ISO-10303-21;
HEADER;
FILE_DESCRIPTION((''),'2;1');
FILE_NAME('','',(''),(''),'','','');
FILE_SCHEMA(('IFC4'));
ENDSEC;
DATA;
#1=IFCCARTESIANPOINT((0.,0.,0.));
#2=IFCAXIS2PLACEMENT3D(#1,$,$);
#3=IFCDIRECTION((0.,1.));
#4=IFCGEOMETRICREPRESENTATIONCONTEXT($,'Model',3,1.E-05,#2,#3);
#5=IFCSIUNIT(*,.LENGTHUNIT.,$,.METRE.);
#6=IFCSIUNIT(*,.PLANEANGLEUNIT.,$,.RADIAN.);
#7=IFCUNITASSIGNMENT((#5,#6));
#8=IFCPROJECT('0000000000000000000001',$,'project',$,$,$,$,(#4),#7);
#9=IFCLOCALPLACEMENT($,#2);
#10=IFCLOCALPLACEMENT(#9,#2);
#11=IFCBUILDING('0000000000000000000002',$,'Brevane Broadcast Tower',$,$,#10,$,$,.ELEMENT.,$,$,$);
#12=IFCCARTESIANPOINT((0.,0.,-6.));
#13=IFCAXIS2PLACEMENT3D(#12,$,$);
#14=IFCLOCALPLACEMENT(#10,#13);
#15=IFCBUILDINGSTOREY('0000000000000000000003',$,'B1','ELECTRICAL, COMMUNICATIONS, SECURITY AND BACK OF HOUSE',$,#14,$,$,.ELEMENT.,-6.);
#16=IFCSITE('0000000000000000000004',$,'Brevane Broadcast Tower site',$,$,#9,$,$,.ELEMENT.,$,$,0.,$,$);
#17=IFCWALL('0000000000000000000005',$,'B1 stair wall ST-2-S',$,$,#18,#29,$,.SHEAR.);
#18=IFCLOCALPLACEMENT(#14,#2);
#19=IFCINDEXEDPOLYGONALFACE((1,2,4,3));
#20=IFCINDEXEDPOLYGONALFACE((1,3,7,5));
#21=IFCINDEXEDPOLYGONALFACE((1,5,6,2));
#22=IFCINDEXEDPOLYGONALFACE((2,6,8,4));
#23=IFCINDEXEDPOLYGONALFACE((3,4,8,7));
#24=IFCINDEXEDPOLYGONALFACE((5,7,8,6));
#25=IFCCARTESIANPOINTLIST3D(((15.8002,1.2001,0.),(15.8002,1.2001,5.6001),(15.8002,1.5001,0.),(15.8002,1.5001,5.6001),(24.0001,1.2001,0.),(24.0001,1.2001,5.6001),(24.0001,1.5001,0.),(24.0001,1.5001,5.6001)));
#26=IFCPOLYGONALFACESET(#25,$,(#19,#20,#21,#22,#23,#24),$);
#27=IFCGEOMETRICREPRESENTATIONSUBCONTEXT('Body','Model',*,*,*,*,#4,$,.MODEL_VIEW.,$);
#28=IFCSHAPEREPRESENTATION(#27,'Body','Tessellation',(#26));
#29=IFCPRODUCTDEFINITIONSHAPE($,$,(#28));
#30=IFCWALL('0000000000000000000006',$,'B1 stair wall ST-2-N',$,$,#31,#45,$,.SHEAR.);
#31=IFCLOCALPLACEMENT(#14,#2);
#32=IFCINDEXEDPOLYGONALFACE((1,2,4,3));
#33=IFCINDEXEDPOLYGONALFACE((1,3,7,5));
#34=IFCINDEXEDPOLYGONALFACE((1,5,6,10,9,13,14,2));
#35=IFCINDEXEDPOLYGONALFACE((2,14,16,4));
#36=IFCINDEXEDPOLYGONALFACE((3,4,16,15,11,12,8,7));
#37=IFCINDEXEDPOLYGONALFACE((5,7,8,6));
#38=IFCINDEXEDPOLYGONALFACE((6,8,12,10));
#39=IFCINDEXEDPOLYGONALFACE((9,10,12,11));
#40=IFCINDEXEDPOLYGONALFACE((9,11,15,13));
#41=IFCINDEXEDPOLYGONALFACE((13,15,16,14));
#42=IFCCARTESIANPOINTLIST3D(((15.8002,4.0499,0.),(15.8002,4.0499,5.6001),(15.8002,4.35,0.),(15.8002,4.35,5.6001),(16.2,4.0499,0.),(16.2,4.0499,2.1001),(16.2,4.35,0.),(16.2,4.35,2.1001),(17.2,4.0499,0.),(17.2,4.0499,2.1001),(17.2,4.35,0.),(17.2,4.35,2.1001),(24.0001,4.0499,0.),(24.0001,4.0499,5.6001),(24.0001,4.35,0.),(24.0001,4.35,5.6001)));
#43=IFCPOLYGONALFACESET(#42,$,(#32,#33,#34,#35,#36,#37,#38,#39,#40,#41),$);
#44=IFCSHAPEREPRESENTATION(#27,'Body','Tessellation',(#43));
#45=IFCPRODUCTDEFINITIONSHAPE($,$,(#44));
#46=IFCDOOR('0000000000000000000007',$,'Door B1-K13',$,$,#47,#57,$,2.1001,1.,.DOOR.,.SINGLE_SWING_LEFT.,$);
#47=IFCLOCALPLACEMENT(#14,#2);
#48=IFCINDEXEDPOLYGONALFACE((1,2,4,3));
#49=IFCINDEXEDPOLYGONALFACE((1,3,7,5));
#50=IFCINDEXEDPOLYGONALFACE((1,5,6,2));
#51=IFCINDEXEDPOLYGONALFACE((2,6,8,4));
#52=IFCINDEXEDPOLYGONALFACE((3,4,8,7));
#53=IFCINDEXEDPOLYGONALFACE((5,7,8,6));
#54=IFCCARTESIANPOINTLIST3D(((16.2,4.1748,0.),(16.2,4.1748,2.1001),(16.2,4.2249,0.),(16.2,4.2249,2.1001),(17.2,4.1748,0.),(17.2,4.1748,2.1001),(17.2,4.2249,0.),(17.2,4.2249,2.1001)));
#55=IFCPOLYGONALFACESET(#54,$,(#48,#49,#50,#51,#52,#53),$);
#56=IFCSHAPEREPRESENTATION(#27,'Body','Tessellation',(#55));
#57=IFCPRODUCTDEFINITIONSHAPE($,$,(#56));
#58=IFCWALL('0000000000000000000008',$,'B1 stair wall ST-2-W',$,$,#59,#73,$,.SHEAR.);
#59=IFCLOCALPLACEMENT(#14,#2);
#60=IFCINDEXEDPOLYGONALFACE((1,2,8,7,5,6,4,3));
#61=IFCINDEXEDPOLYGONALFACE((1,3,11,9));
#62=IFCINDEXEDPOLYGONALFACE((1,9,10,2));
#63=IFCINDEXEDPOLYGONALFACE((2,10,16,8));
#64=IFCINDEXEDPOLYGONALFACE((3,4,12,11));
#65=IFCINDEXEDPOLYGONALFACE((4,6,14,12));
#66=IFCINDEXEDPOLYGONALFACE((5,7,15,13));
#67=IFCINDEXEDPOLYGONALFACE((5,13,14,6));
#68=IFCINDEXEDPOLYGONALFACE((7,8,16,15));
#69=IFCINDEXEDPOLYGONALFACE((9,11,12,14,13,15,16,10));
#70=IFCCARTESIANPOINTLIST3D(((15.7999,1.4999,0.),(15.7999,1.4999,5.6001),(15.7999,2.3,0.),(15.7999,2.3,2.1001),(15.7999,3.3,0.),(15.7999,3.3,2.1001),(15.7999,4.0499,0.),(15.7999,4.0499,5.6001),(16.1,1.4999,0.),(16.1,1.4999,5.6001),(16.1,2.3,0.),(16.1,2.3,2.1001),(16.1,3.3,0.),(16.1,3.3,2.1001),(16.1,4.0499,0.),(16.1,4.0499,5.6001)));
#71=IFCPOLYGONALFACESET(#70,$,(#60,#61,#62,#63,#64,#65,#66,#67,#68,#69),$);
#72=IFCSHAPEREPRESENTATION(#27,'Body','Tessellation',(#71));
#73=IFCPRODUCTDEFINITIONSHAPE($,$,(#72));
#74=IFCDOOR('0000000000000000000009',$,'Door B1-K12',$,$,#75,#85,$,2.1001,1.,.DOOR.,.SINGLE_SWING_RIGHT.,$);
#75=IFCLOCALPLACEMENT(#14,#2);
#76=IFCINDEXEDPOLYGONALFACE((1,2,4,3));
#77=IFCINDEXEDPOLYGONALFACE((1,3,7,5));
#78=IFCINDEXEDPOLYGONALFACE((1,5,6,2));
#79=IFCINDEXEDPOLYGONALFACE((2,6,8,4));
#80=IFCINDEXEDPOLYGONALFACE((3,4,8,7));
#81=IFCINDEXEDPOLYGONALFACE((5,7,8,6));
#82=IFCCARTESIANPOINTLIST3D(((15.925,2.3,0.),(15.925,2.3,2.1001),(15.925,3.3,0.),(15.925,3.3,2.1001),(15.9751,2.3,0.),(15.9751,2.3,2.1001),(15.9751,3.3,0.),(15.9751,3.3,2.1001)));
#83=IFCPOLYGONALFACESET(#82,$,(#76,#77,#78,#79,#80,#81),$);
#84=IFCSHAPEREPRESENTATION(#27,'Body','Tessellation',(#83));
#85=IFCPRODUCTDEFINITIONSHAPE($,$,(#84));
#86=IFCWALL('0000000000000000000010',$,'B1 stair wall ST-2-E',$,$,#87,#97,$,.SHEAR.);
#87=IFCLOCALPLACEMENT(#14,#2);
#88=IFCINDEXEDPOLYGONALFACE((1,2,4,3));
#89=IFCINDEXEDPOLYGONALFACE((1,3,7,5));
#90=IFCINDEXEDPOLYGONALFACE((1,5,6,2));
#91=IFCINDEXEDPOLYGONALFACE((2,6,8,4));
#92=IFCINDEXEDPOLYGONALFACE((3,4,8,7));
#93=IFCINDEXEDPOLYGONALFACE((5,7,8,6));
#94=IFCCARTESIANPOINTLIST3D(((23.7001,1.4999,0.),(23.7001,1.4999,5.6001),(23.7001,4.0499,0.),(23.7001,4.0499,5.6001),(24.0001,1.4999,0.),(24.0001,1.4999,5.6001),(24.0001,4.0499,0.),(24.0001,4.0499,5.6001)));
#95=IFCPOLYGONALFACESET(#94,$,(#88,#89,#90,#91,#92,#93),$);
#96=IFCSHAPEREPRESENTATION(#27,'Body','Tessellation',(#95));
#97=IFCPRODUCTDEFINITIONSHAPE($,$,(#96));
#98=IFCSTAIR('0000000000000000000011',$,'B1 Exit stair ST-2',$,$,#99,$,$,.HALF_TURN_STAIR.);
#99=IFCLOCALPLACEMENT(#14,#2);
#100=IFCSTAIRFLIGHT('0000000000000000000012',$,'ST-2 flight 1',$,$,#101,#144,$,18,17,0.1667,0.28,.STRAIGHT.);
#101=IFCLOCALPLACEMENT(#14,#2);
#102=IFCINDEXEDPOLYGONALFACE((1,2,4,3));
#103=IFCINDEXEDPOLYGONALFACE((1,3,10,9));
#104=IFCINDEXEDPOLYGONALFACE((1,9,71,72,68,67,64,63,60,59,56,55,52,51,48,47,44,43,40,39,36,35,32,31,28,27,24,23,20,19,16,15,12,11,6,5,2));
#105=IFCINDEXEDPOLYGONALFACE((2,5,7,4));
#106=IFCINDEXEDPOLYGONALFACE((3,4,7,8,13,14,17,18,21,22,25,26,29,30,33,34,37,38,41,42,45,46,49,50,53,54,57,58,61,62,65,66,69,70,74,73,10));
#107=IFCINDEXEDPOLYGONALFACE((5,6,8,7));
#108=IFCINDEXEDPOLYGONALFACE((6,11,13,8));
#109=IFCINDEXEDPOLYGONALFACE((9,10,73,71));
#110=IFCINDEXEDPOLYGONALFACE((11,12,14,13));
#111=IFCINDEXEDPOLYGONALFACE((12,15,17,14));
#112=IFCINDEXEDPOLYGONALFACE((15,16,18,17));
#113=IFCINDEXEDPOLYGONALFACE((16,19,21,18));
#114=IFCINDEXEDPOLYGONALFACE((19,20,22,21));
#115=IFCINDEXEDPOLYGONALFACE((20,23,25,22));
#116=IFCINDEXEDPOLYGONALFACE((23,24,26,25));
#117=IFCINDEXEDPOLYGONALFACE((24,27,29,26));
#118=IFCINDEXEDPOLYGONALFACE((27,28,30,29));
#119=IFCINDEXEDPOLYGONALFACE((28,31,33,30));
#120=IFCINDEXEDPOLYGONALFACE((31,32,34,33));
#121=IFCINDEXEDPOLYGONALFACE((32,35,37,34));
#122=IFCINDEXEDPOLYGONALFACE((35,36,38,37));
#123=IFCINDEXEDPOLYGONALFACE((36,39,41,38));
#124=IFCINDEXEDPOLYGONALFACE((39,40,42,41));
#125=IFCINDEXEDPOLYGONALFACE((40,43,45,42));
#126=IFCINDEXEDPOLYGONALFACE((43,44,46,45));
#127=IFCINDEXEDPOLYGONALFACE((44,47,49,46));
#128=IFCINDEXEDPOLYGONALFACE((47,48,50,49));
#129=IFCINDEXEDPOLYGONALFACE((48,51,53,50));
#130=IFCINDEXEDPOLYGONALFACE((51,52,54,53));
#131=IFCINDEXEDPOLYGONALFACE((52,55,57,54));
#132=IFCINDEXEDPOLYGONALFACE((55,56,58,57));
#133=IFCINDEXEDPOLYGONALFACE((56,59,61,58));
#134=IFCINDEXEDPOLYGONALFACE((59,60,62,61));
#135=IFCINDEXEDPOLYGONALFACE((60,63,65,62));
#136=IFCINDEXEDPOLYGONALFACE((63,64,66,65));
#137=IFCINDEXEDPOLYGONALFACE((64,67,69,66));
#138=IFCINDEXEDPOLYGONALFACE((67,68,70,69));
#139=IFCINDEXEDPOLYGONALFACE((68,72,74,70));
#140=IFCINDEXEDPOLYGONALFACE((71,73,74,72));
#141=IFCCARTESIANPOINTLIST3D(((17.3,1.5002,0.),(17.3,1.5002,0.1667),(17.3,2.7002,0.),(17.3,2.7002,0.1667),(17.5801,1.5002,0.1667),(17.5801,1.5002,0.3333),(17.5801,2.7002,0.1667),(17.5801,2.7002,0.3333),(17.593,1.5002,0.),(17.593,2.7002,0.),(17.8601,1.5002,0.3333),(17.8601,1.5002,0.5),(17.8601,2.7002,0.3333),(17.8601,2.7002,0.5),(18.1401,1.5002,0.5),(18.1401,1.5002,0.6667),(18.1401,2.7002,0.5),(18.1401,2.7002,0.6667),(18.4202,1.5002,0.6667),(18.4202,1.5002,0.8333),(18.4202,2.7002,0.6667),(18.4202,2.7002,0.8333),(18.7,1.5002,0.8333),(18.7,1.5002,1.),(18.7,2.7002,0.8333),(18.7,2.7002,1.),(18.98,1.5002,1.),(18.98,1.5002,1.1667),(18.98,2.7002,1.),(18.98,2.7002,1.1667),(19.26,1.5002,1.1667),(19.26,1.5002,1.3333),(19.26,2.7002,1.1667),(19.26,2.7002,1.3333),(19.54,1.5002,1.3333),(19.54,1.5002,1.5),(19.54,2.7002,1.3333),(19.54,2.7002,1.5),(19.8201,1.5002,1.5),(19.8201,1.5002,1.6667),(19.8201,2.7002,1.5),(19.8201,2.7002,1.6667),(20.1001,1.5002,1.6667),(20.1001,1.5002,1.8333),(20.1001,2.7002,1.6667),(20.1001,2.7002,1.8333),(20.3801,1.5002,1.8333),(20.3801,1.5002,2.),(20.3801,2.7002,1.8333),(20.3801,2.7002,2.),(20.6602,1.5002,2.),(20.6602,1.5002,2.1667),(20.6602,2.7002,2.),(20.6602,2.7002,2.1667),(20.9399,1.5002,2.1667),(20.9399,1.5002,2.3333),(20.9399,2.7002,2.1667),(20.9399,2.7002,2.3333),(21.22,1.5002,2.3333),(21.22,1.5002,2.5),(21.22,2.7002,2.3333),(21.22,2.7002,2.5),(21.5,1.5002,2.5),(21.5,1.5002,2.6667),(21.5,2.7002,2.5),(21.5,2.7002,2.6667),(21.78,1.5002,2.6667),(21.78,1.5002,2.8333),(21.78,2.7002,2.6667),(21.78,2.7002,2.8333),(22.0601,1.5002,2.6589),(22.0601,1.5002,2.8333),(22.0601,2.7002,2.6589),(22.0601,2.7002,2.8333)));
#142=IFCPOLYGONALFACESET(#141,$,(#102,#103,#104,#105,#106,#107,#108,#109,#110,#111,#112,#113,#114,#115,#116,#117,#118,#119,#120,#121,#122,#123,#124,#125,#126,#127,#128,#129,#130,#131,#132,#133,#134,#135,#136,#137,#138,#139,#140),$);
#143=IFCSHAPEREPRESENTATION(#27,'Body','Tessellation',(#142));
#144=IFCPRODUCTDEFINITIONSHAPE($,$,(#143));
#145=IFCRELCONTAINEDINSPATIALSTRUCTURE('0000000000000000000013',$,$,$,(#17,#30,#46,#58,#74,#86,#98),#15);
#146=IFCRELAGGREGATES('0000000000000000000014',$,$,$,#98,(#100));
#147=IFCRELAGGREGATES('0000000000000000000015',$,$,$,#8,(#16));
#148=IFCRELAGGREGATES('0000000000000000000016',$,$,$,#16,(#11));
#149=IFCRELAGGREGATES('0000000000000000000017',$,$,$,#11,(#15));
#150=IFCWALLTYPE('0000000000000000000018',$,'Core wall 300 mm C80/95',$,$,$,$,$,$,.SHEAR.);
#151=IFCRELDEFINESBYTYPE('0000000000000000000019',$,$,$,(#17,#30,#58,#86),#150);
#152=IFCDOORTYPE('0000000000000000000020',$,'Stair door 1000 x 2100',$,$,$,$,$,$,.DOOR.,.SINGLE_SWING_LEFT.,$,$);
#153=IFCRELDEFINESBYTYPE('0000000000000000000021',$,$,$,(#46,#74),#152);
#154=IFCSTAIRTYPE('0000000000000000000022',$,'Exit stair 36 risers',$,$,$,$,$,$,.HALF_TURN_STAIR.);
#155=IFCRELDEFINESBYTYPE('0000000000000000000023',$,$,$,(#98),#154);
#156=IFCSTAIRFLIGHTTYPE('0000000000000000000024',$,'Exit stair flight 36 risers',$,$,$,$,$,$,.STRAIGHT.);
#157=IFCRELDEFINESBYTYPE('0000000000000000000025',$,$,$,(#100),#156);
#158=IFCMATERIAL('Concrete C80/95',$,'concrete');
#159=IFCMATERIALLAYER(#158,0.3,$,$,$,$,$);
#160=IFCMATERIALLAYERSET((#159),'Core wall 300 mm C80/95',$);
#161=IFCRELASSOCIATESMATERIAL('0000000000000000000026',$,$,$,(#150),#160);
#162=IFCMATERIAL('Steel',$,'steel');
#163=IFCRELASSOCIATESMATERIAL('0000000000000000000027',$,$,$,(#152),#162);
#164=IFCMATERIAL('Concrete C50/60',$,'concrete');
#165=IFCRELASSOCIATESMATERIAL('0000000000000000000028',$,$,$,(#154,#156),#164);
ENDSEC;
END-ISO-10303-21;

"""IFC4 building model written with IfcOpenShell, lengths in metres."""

from ifc_helpers import new_model, si_unit, direction, frame, frame_2d, origin, place, context, subcontext, project, spatial, polyline, rectangle, outline, extrude, material, layer, layer_set, type_object, element, fill, aggregate, save


model = new_model("IFC4")

# Units and contexts
model_context = context("Model", 3, precision=1e-05, world=origin(), true_north=direction((0.0, 1.0)))
body_context = subcontext(model_context, "Body", "Model", "MODEL_VIEW")
ifc_project = project(units=[si_unit("LENGTHUNIT", "METRE"), si_unit("PLANEANGLEUNIT", "RADIAN")], contexts=[model_context])

# Site, building, storey
site_placement = place(None, origin())
site = spatial("IfcSite", under=ifc_project, at=site_placement, Name="Brevane Broadcast Tower site", CompositionType="ELEMENT", RefElevation=0.0)
building_placement = place(site_placement, origin())
building = spatial("IfcBuilding", under=site, at=building_placement, Name="Brevane Broadcast Tower", CompositionType="ELEMENT")
storey_placement = place(building_placement, frame((0.0, 0.0, -6.0)))
storey = spatial("IfcBuildingStorey", under=building, at=storey_placement, Name="B1", Description="ELECTRICAL, COMMUNICATIONS, SECURITY AND BACK OF HOUSE", CompositionType="ELEMENT", Elevation=-6.0)

# Shared definitions
ifc_material_1 = material(Name="Steel", Category="steel")

# Wall
ifc_material_2 = material(Name="Concrete C80/95", Category="concrete")
ifc_layer_1 = layer(ifc_material_2, 0.3)
ifc_layer_set_1 = layer_set([ifc_layer_1], Name="Core wall 300 mm C80/95")
wall_type_1 = type_object("IfcWallType", Name="Core wall 300 mm C80/95", PredefinedType="SHEAR", material=ifc_layer_set_1)
wall_1_placement = place(storey_placement, frame((15.8, 1.3501, 0.0), z_axis=(0.0, 0.0, 1.0), x_axis=(1.0, 0.0, 0.0)))
element("IfcWall", 1, at=wall_1_placement, inside=storey, type_object=wall_type_1, Name="B1 stair wall ST-2-S", PredefinedType="SHEAR", context=body_context, shape_type="SweptSolid", body=[
    extrude(rectangle(XDim=8.2, YDim=0.3, at=frame_2d((4.1001, 0.0))), origin(), (0.0, 0.0, 1.0), 5.6001),
])

# Walls, openings, doors
wall_2_placement = place(storey_placement, frame((15.8, 4.2, 0.0), z_axis=(0.0, 0.0, 1.0), x_axis=(1.0, 0.0, 0.0)))
wall_2 = element("IfcWall", 2, at=wall_2_placement, inside=storey, type_object=wall_type_1, Name="B1 stair wall ST-2-N", PredefinedType="SHEAR", context=body_context, shape_type="SweptSolid", body=[
    extrude(rectangle(XDim=8.2, YDim=0.3, at=frame_2d((4.1001, 0.0))), origin(), (0.0, 0.0, 1.0), 5.6001),
])
opening_1_placement = place(wall_2_placement, frame((0.3999, 0.0, 0.0)))
opening_1 = element("IfcOpeningElement", 3, at=opening_1_placement, cuts=wall_2, PredefinedType="OPENING", context=body_context, shape_type="SweptSolid", body=[
    extrude(rectangle(XDim=1.0, YDim=2.1001, at=frame_2d((0.5, 1.05))), frame((0.0, 0.1599, 0.0), z_axis=(0.0, -1.0, 0.0), x_axis=(1.0, 0.0, 0.0)), (0.0, 0.0, 1.0), 0.3201),
])
door_type_1 = type_object("IfcDoorType", Name="Stair door 1000 x 2100", OperationType="SINGLE_SWING_LEFT", PredefinedType="DOOR", material=ifc_material_1)
door_1_placement = place(opening_1_placement, origin())
door_1 = element("IfcDoor", 4, at=door_1_placement, inside=storey, type_object=door_type_1, Name="Door B1-K13", OperationType="SINGLE_SWING_LEFT", OverallHeight=2.1001, OverallWidth=1.0, PredefinedType="DOOR", context=body_context, shape_type="SweptSolid", body=[
    extrude(rectangle(XDim=1.0, YDim=2.1001, at=frame_2d((0.5, 1.05))), frame((0.0, 0.0249, 0.0), z_axis=(0.0, -1.0, 0.0), x_axis=(1.0, 0.0, 0.0)), (0.0, 0.0, 1.0), 0.05),
])
fill(opening_1, door_1)
wall_3_placement = place(storey_placement, frame((15.95, 1.5, 0.0), z_axis=(0.0, 0.0, 1.0), x_axis=(0.0, 1.0, 0.0)))
wall_3 = element("IfcWall", 5, at=wall_3_placement, inside=storey, type_object=wall_type_1, Name="B1 stair wall ST-2-W", PredefinedType="SHEAR", context=body_context, shape_type="SweptSolid", body=[
    extrude(rectangle(XDim=2.55, YDim=0.3, at=frame_2d((1.2749, 0.0))), origin(), (0.0, 0.0, 1.0), 5.6001),
])
opening_2_placement = place(wall_3_placement, frame((0.8, 0.0, 0.0)))
opening_2 = element("IfcOpeningElement", 6, at=opening_2_placement, cuts=wall_3, PredefinedType="OPENING", context=body_context, shape_type="SweptSolid", body=[
    extrude(rectangle(XDim=1.0, YDim=2.1001, at=frame_2d((0.5, 1.05))), frame((0.0, 0.1599, 0.0), z_axis=(0.0, -1.0, 0.0), x_axis=(1.0, 0.0, 0.0)), (0.0, 0.0, 1.0), 0.3201),
])
door_2_placement = place(opening_2_placement, origin())
door_2 = element("IfcDoor", 7, at=door_2_placement, inside=storey, type_object=door_type_1, Name="Door B1-K12", OperationType="SINGLE_SWING_RIGHT", OverallHeight=2.1001, OverallWidth=1.0, PredefinedType="DOOR", context=body_context, shape_type="SweptSolid", body=[
    extrude(rectangle(XDim=1.0, YDim=2.1001, at=frame_2d((0.5, 1.05))), frame((0.0, 0.0249, 0.0), z_axis=(0.0, -1.0, 0.0), x_axis=(1.0, 0.0, 0.0)), (0.0, 0.0, 1.0), 0.05),
])
fill(opening_2, door_2)

# Wall
wall_4_placement = place(storey_placement, frame((23.8501, 1.5, 0.0), z_axis=(0.0, 0.0, 1.0), x_axis=(0.0, 1.0, 0.0)))
element("IfcWall", 8, at=wall_4_placement, inside=storey, type_object=wall_type_1, Name="B1 stair wall ST-2-E", PredefinedType="SHEAR", context=body_context, shape_type="SweptSolid", body=[
    extrude(rectangle(XDim=2.55, YDim=0.3, at=frame_2d((1.2749, 0.0))), origin(), (0.0, 0.0, 1.0), 5.6001),
])

# Stair, stair flight
ifc_material_3 = material(Name="Concrete C50/60", Category="concrete")
stair_type = type_object("IfcStairType", Name="Exit stair 36 risers", PredefinedType="HALF_TURN_STAIR", material=ifc_material_3)
stair_placement = place(storey_placement, origin())
stair = element("IfcStair", 9, at=stair_placement, inside=storey, type_object=stair_type, Name="B1 Exit stair ST-2", PredefinedType="HALF_TURN_STAIR")
stair_flight_type = type_object("IfcStairFlightType", Name="Exit stair flight 36 risers", PredefinedType="STRAIGHT", material=ifc_material_3)
stair_flight_1_placement = place(storey_placement, frame((17.3, 2.1001, 0.0), z_axis=(0.0, 0.0, 1.0), x_axis=(1.0, 0.0, 0.0)))
stair_flight_1 = element("IfcStairFlight", 10, at=stair_flight_1_placement, type_object=stair_flight_type, Name="ST-2 flight 1", NumberOfRisers=18, NumberOfTreads=17, PredefinedType="STRAIGHT", RiserHeight=0.1667, TreadLength=0.28, context=body_context, shape_type="SweptSolid", body=[
    extrude(outline(polyline([(0.0, 0.0), (0.0, 0.1667), (0.28, 0.1667), (0.28, 0.3333), (0.5601, 0.3333), (0.5601, 0.5), (0.8401, 0.5), (0.8401, 0.6667), (1.1201, 0.6667), (1.1201, 0.8333), (1.3999, 0.8333), (1.3999, 1.0), (1.6799, 1.0), (1.6799, 1.1667), (1.96, 1.1667), (1.96, 1.3333), (2.24, 1.3333), (2.24, 1.5), (2.52, 1.5), (2.52, 1.6667), (2.8, 1.6667), (2.8, 1.8333), (3.0801, 1.8333), (3.0801, 2.0), (3.3601, 2.0), (3.3601, 2.1667), (3.6399, 2.1667), (3.6399, 2.3333), (3.9199, 2.3333), (3.9199, 2.5), (4.2, 2.5), (4.2, 2.6667), (4.48, 2.6667), (4.48, 2.8333), (4.76, 2.8333), (4.76, 3.0), (4.76, 2.6589), (0.293, 0.0), (0.0, 0.0)])), frame((0.0, 0.6001, 0.0), z_axis=(0.0, -1.0, 0.0), x_axis=(1.0, 0.0, 0.0)), (0.0, 0.0, 1.0), 1.2),
])
aggregate(stair, [stair_flight_1])

save(model, "model.ifc")
